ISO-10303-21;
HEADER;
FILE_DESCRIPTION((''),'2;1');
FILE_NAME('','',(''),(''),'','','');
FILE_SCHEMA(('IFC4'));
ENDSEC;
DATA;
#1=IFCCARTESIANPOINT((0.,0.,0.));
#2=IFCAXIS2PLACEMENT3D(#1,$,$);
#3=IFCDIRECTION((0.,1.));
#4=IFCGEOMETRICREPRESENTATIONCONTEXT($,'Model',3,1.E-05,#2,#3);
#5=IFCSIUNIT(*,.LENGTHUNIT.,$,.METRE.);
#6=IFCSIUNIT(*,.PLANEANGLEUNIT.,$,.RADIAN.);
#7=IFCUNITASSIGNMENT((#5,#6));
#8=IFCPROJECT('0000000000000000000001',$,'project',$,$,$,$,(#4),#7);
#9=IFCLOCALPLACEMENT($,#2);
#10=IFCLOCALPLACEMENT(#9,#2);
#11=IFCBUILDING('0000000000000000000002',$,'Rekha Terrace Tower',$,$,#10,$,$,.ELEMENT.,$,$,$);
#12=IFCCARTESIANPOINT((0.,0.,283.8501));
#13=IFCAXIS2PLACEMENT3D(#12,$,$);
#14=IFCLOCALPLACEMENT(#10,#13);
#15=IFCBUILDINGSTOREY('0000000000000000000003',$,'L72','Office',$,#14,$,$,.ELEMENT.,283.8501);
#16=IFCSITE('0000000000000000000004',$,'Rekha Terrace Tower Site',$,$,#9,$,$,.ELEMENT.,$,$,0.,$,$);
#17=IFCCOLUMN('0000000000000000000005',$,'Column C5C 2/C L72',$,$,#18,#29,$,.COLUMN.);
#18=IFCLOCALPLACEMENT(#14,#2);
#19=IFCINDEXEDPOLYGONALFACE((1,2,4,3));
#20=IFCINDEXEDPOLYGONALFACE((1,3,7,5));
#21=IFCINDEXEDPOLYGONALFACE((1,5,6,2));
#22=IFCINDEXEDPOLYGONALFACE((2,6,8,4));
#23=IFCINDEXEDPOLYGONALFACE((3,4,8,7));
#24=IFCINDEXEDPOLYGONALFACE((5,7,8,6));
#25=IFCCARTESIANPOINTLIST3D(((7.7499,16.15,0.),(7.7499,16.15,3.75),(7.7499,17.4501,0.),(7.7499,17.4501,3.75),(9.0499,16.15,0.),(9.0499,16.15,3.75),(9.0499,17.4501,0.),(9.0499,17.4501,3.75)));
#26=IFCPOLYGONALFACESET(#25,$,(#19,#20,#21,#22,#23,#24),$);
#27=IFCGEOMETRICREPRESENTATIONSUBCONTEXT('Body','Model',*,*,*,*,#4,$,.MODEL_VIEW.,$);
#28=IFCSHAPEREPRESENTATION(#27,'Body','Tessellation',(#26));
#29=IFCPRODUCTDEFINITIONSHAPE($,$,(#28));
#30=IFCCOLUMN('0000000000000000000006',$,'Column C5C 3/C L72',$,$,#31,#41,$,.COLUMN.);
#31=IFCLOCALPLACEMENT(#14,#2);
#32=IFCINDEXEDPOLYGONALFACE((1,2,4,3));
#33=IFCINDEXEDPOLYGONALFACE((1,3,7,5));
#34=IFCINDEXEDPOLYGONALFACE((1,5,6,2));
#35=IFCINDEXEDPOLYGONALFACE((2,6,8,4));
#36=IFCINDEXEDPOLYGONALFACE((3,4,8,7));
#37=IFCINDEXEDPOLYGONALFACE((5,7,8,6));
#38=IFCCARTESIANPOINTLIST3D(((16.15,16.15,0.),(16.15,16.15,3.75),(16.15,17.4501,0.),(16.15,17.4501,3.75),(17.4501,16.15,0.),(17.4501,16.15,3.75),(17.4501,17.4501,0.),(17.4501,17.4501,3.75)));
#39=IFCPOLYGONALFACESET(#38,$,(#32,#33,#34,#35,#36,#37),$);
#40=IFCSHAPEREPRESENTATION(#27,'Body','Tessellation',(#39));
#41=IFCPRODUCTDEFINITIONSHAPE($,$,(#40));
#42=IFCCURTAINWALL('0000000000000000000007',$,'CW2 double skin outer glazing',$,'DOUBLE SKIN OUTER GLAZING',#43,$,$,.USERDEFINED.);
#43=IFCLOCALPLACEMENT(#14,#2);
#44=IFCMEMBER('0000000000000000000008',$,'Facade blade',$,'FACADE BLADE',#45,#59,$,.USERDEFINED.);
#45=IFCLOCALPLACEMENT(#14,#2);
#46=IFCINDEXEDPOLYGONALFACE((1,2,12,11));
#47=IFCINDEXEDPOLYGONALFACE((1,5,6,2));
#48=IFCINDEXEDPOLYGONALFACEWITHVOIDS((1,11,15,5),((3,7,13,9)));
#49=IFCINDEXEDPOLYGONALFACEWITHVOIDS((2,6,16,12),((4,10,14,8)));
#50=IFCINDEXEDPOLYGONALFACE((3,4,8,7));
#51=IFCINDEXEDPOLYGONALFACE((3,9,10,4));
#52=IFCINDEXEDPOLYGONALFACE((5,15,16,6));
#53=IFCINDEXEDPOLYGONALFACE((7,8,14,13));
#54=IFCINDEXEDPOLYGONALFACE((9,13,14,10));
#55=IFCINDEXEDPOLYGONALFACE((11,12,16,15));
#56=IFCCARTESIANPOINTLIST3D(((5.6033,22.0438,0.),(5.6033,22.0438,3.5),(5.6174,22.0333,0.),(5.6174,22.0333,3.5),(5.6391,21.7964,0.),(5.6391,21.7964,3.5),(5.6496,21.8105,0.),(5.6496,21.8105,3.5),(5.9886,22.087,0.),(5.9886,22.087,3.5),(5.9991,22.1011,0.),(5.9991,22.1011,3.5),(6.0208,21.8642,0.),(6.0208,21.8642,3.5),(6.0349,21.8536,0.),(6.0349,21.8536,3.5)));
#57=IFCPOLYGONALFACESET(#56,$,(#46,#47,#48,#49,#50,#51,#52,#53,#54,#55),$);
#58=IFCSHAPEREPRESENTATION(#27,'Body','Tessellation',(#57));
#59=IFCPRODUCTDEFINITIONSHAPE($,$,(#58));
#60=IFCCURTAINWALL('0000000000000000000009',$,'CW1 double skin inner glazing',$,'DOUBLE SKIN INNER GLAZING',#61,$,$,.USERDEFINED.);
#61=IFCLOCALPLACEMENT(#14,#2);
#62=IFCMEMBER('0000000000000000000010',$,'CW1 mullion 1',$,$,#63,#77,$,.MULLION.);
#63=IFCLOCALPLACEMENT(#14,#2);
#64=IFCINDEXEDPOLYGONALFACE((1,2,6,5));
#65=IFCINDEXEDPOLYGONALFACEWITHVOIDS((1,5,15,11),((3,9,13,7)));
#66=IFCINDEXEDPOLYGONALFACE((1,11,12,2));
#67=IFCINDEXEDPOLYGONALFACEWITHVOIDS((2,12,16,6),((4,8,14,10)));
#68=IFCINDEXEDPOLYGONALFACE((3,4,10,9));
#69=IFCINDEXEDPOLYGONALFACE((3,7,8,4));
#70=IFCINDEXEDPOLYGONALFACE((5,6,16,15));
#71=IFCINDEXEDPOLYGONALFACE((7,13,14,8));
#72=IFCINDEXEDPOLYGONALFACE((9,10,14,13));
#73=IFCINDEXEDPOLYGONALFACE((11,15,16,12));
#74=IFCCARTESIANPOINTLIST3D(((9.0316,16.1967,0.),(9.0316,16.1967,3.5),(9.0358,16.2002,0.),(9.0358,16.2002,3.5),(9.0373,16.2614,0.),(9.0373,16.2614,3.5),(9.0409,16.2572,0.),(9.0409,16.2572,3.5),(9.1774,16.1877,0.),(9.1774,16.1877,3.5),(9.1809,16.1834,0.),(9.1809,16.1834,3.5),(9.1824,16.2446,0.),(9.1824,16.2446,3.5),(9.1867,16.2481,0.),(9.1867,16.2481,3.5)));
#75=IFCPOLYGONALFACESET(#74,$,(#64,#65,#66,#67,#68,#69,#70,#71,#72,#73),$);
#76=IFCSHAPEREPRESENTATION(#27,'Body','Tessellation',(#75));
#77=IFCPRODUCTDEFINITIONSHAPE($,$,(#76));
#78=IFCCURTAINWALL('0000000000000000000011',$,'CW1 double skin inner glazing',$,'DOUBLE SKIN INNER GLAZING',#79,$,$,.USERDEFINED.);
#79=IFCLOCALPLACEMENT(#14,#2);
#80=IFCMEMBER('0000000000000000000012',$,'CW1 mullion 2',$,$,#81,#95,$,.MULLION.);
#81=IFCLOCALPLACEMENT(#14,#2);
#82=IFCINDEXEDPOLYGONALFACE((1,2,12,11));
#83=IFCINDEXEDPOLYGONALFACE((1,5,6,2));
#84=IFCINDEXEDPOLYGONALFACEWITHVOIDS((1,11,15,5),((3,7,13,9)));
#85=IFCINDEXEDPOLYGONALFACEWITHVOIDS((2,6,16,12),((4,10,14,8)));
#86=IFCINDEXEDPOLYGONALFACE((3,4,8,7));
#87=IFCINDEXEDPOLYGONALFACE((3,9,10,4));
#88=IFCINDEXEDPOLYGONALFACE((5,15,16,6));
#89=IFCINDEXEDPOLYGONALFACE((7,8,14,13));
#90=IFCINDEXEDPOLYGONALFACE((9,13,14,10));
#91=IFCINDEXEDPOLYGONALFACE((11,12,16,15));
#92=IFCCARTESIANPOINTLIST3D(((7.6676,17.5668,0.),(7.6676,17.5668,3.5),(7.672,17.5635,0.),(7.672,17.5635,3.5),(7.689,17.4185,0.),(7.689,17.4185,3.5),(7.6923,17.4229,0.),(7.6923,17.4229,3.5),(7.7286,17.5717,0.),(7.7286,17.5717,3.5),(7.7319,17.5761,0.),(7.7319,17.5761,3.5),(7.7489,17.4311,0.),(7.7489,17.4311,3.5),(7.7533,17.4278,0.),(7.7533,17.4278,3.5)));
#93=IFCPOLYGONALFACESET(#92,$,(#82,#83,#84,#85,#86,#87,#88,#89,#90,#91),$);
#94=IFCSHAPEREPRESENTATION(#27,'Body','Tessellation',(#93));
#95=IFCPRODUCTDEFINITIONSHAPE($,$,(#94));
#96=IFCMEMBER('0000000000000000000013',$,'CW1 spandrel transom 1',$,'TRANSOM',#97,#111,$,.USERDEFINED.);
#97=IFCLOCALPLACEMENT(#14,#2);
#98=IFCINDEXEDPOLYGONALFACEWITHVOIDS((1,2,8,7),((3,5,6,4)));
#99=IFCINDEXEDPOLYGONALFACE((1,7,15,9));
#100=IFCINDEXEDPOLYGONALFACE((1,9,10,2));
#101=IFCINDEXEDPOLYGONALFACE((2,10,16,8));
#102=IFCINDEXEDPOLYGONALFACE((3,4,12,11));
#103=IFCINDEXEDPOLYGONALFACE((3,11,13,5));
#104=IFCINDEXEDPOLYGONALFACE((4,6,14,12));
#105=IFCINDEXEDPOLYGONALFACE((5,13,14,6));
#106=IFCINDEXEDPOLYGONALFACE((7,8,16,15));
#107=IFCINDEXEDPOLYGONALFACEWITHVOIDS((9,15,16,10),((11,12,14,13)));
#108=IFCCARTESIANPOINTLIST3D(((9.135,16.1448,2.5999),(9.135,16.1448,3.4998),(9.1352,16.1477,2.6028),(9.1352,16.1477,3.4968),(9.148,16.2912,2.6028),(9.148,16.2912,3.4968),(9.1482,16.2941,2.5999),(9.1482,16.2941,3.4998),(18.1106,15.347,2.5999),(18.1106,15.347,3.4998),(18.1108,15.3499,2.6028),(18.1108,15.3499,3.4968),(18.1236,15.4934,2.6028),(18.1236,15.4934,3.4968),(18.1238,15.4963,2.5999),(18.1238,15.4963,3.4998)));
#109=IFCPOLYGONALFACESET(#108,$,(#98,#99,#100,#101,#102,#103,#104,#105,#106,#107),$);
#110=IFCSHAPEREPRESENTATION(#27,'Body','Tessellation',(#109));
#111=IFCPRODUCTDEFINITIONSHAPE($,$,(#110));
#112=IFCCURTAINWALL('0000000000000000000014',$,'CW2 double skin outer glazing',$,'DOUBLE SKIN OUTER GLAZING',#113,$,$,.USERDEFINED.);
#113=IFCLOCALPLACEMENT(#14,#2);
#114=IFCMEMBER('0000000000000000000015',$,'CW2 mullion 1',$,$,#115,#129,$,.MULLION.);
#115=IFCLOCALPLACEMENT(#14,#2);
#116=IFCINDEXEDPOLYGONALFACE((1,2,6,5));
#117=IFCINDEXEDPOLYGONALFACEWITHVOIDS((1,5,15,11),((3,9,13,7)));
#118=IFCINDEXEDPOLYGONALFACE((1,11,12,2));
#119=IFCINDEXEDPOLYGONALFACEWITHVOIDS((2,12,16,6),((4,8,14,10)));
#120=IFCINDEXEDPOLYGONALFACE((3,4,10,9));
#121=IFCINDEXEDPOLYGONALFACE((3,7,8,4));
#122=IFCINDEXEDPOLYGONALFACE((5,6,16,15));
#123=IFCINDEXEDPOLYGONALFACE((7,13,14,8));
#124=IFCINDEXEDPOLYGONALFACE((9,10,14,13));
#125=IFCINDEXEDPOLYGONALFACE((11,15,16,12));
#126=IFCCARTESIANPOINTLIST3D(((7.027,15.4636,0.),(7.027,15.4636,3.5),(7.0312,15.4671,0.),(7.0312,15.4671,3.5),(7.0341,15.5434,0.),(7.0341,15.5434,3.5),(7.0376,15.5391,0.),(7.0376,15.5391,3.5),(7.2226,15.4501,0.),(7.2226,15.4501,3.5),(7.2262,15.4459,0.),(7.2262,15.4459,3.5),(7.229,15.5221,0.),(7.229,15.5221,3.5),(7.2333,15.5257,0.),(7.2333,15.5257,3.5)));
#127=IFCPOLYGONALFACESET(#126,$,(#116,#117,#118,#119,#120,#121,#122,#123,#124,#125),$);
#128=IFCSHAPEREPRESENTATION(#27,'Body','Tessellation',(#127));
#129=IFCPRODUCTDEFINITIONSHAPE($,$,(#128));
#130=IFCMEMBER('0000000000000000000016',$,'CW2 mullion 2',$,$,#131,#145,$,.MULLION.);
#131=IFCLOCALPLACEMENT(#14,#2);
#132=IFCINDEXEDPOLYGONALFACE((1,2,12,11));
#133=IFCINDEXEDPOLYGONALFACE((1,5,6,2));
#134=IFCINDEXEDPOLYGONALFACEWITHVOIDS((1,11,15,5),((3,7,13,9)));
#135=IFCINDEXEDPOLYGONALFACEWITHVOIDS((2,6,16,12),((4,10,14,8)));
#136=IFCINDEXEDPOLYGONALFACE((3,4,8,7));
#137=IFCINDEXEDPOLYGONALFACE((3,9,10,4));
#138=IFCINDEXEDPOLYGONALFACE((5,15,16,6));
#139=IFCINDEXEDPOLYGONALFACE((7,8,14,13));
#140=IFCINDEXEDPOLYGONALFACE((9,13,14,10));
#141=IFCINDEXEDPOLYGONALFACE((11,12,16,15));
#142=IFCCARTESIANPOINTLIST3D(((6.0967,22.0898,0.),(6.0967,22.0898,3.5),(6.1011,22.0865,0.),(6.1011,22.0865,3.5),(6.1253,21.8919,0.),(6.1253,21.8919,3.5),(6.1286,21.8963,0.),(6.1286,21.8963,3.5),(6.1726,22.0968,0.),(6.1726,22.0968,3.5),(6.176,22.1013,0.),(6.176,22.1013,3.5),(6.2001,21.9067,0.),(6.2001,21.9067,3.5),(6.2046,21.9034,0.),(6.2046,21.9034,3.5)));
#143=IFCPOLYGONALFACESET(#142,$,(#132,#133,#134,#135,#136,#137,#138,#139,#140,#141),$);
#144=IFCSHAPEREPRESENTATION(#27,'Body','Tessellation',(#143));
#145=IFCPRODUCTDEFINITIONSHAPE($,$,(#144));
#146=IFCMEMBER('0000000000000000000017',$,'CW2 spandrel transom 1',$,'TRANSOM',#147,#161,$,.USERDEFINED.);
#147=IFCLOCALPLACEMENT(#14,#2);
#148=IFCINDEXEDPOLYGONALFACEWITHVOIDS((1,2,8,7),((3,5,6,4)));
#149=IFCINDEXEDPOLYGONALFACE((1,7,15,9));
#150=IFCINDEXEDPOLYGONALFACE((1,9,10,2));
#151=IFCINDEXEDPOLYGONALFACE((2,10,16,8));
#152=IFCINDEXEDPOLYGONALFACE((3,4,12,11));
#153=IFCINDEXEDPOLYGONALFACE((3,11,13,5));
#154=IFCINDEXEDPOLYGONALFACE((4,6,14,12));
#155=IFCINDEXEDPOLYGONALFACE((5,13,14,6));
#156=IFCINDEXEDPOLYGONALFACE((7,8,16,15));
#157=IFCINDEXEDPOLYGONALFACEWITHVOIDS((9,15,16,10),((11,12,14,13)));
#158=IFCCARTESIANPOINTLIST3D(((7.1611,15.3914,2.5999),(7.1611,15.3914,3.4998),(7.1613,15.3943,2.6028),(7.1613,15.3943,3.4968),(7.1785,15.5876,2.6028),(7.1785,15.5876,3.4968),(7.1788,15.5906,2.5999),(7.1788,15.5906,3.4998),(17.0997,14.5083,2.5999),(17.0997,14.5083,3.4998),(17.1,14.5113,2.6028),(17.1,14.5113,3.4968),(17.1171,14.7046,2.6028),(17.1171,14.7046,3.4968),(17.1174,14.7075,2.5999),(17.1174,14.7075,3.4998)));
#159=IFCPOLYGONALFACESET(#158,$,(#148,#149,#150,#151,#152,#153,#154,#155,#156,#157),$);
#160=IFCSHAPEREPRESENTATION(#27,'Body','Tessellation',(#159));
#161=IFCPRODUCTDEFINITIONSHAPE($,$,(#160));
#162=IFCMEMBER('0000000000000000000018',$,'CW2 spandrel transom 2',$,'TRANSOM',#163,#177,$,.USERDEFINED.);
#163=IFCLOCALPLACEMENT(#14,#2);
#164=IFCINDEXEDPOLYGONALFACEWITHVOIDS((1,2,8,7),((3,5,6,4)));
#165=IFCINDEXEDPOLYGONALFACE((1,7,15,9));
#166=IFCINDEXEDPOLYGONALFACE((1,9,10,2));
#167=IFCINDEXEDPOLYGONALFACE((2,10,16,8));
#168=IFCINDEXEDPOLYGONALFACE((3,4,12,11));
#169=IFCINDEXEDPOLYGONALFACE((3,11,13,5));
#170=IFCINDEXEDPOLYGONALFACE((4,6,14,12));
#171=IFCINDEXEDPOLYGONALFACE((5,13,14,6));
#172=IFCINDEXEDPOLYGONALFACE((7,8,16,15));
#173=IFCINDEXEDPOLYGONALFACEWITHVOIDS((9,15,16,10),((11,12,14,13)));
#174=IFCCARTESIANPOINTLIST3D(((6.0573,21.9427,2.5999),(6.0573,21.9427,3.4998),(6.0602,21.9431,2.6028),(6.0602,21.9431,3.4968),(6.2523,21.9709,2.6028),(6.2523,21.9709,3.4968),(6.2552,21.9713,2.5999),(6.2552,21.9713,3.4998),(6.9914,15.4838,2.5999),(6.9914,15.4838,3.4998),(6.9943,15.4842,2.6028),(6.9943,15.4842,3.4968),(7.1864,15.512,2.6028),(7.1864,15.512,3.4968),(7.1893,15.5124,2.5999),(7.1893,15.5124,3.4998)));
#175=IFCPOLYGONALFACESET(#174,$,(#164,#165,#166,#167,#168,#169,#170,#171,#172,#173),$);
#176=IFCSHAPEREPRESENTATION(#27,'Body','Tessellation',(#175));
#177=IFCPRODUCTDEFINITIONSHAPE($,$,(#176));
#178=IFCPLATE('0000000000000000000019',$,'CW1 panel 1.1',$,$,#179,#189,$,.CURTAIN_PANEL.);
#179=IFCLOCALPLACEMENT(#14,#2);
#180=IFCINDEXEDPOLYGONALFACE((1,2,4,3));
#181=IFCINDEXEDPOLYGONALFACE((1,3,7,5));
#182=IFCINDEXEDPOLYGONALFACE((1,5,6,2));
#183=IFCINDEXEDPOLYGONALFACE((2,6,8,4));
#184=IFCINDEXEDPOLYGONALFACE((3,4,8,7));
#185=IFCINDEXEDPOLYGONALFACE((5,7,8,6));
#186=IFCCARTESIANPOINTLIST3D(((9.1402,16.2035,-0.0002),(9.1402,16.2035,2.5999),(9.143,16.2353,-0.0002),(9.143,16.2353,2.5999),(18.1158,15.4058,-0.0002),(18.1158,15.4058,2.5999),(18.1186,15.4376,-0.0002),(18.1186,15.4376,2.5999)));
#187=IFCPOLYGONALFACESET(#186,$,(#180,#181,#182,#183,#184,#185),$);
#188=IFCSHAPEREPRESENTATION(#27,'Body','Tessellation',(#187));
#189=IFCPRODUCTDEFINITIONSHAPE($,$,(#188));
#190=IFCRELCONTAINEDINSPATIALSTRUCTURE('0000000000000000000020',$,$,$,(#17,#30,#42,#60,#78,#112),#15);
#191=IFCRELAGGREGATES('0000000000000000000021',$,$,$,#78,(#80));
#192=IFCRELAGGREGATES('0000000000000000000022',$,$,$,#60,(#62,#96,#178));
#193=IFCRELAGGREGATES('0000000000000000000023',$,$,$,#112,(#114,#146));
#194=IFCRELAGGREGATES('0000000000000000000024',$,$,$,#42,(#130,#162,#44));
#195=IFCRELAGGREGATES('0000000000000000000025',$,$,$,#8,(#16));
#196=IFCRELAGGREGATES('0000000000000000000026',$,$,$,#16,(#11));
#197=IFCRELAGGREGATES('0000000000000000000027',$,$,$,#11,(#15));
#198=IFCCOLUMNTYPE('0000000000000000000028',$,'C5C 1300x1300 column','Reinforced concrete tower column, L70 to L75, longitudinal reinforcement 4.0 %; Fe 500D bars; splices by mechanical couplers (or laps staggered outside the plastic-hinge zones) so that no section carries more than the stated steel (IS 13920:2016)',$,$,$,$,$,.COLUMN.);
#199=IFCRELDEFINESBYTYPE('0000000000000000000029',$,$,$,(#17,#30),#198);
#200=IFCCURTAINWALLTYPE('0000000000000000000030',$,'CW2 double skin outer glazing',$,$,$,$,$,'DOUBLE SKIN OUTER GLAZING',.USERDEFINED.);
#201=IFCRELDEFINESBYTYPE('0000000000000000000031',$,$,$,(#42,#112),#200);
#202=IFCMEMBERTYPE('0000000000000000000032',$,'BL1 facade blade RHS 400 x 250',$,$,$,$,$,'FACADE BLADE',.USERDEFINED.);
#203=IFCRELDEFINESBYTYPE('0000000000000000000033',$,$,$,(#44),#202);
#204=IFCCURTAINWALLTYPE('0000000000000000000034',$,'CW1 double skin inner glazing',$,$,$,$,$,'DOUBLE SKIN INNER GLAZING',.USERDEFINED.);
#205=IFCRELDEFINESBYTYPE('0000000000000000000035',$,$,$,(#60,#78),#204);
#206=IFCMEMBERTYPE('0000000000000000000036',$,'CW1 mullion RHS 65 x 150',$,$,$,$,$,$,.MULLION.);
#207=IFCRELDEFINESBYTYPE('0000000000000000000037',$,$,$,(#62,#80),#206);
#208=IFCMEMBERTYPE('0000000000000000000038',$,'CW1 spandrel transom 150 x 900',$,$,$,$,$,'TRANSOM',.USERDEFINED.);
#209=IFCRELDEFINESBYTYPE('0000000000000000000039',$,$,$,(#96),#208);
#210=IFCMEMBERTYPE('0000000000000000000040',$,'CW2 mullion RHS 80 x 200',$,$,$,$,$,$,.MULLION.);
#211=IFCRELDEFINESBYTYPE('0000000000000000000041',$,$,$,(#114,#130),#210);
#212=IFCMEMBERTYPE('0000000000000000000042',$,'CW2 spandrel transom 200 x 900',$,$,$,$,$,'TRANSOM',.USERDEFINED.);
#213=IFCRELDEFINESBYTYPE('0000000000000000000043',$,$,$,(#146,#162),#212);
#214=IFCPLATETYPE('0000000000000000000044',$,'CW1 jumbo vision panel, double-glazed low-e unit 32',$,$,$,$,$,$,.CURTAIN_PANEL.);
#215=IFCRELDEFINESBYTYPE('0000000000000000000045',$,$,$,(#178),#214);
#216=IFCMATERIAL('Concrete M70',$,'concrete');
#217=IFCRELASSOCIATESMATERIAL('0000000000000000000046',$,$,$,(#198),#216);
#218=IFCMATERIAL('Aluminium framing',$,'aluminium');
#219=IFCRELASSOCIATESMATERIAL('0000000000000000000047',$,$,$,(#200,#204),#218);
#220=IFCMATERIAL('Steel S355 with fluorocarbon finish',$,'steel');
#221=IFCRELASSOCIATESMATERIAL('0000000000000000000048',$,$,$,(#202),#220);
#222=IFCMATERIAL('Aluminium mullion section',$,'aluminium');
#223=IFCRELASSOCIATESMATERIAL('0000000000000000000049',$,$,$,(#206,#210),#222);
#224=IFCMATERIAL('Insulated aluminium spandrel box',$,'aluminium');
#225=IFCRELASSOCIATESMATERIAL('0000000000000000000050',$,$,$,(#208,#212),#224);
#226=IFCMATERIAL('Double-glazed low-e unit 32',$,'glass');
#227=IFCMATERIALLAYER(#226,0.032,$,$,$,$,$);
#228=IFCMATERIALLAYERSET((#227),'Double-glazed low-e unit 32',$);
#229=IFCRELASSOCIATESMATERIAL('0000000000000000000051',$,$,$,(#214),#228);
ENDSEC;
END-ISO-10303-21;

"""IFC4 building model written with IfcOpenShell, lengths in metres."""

from ifc_helpers import new_model, si_unit, direction, frame, origin, origin_2d, place, context, subcontext, project, spatial, rectangle, hollow_rectangle, extrude, material, layer, layer_set, material_profile, profile_set, type_object, element, aggregate, save


model = new_model("IFC4")

# Units and contexts
model_context = context("Model", 3, precision=1e-05, world=origin(), true_north=direction((0.0, 1.0)))
body_context = subcontext(model_context, "Body", "Model", "MODEL_VIEW")
ifc_project = project(units=[si_unit("LENGTHUNIT", "METRE"), si_unit("PLANEANGLEUNIT", "RADIAN")], contexts=[model_context])

# Site, building, storey
site_placement = place(None, origin())
site = spatial("IfcSite", under=ifc_project, at=site_placement, Name="Rekha Terrace Tower Site", CompositionType="ELEMENT", RefElevation=0.0)
building_placement = place(site_placement, origin())
building = spatial("IfcBuilding", under=site, at=building_placement, Name="Rekha Terrace Tower", CompositionType="ELEMENT")
storey_placement = place(building_placement, frame((0.0, 0.0, 283.8501)))
storey = spatial("IfcBuildingStorey", under=building, at=storey_placement, Name="L72", Description="Office", CompositionType="ELEMENT", Elevation=283.8501)

# Columns
ifc_material_1 = material(Name="Concrete M70", Category="concrete")
ifc_material_profile_1 = material_profile(ifc_material_1, rectangle(XDim=1.3, YDim=1.3, at=origin_2d()), Name="RC 1300x1300")
ifc_profile_set_1 = profile_set([ifc_material_profile_1], Name="Concrete M70")
column_type = type_object("IfcColumnType", Name="C5C 1300x1300 column", Description="Reinforced concrete tower column, L70 to L75, longitudinal reinforcement 4.0 %; Fe 500D bars; splices by mechanical couplers (or laps staggered outside the plastic-hinge zones) so that no section carries more than the stated steel (IS 13920:2016)", PredefinedType="COLUMN", material=ifc_profile_set_1)
for number, where, z_axis, x_axis, name in (
    (1, (8.3999, 16.8, 0.0), (0.0, 0.0, 1.0), (1.0, 0.0, 0.0), "Column C5C 2/C L72"),
    (2, (16.8, 16.8, 0.0), (0.0, 0.0, 1.0), (1.0, 0.0, 0.0), "Column C5C 3/C L72"),
):
    element("IfcColumn", number, at=place(storey_placement, frame(where, z_axis=z_axis, x_axis=x_axis)), inside=storey, type_object=column_type, Name=name, PredefinedType="COLUMN", context=body_context, shape_type="SweptSolid", body=[
        extrude(rectangle(XDim=1.3, YDim=1.3, at=origin_2d()), origin(), (0.0, 0.0, 1.0), 3.75),
    ])

# Curtain walls, members
ifc_material_2 = material(Name="Aluminium framing", Category="aluminium")
curtain_wall_type_1 = type_object("IfcCurtainWallType", Name="CW2 double skin outer glazing", ElementType="DOUBLE SKIN OUTER GLAZING", PredefinedType="USERDEFINED", material=ifc_material_2)
curtain_wall_1_placement = place(storey_placement, origin())
curtain_wall_1 = element("IfcCurtainWall", 3, at=curtain_wall_1_placement, inside=storey, type_object=curtain_wall_type_1, Name="CW2 double skin outer glazing", ObjectType="DOUBLE SKIN OUTER GLAZING", PredefinedType="USERDEFINED")
ifc_material_3 = material(Name="Steel S355 with fluorocarbon finish", Category="steel")
ifc_material_profile_2 = material_profile(ifc_material_3, hollow_rectangle(XDim=0.25, YDim=0.3999, WallThickness=0.0125, at=origin_2d()), Name="RHS400x250x12.5")
ifc_profile_set_2 = profile_set([ifc_material_profile_2], Name="Steel S355 with fluorocarbon finish")
member_type_1 = type_object("IfcMemberType", Name="BL1 facade blade RHS 400 x 250", ElementType="FACADE BLADE", PredefinedType="USERDEFINED", material=ifc_profile_set_2)
member_1_placement = place(storey_placement, frame((5.8191, 21.9487, 0.0), z_axis=(0.0, 0.0, 1.0), x_axis=(0.143109, -0.989707, 0.0)))
member_1 = element("IfcMember", 4, at=member_1_placement, type_object=member_type_1, Name="Facade blade", ObjectType="FACADE BLADE", PredefinedType="USERDEFINED", context=body_context, shape_type="SweptSolid", body=[
    extrude(hollow_rectangle(XDim=0.25, YDim=0.3999, WallThickness=0.0125, at=origin_2d()), origin(), (0.0, 0.0, 1.0), 3.5),
])
curtain_wall_type_2 = type_object("IfcCurtainWallType", Name="CW1 double skin inner glazing", ElementType="DOUBLE SKIN INNER GLAZING", PredefinedType="USERDEFINED", material=ifc_material_2)
curtain_wall_2_placement = place(storey_placement, origin())
curtain_wall_2 = element("IfcCurtainWall", 5, at=curtain_wall_2_placement, inside=storey, type_object=curtain_wall_type_2, Name="CW1 double skin inner glazing", ObjectType="DOUBLE SKIN INNER GLAZING", PredefinedType="USERDEFINED")
ifc_material_4 = material(Name="Aluminium mullion section", Category="aluminium")
ifc_material_profile_3 = material_profile(ifc_material_4, hollow_rectangle(XDim=0.0649, YDim=0.1499, WallThickness=0.0039, at=origin_2d()), Name="AL RHS 65x150")
ifc_profile_set_3 = profile_set([ifc_material_profile_3], Name="Aluminium mullion section")
member_type_2 = type_object("IfcMemberType", Name="CW1 mullion RHS 65 x 150", PredefinedType="MULLION", material=ifc_profile_set_3)
member_2_placement = place(storey_placement, frame((9.1091, 16.2224, 0.0), z_axis=(0.0, 0.0, 1.0), x_axis=(0.088522, 0.996074, 0.0)))
member_2 = element("IfcMember", 6, at=member_2_placement, type_object=member_type_2, Name="CW1 mullion 1", PredefinedType="MULLION", context=body_context, shape_type="SweptSolid", body=[
    extrude(hollow_rectangle(XDim=0.0649, YDim=0.1499, WallThickness=0.0039, at=origin_2d()), origin(), (0.0, 0.0, 1.0), 3.5),
])
curtain_wall_3_placement = place(storey_placement, origin())
curtain_wall_3 = element("IfcCurtainWall", 7, at=curtain_wall_3_placement, inside=storey, type_object=curtain_wall_type_2, Name="CW1 double skin inner glazing", ObjectType="DOUBLE SKIN INNER GLAZING", PredefinedType="USERDEFINED")
member_3_placement = place(storey_placement, frame((7.7104, 17.4973, 0.0), z_axis=(0.0, 0.0, 1.0), x_axis=(0.989707, 0.143108, 0.0)))
member_3 = element("IfcMember", 8, at=member_3_placement, type_object=member_type_2, Name="CW1 mullion 2", PredefinedType="MULLION", context=body_context, shape_type="SweptSolid", body=[
    extrude(hollow_rectangle(XDim=0.0649, YDim=0.1499, WallThickness=0.0039, at=origin_2d()), origin(), (0.0, 0.0, 1.0), 3.5),
])
aggregate(curtain_wall_3, [member_3])

# Member
ifc_material_5 = material(Name="Insulated aluminium spandrel box", Category="aluminium")
ifc_material_profile_4 = material_profile(ifc_material_5, hollow_rectangle(XDim=0.1499, YDim=0.8999, WallThickness=0.0029, at=origin_2d()), Name="AL SPANDREL BOX 150x900")
ifc_profile_set_4 = profile_set([ifc_material_profile_4], Name="Insulated aluminium spandrel box")
member_type_3 = type_object("IfcMemberType", Name="CW1 spandrel transom 150 x 900", ElementType="TRANSOM", PredefinedType="USERDEFINED", material=ifc_profile_set_4)
member_4_placement = place(storey_placement, frame((9.1416, 16.2195, 3.0498), z_axis=(0.996072, -0.088542, 0.0), x_axis=(0.088542, 0.996072, 0.0)))
member_4 = element("IfcMember", 9, at=member_4_placement, type_object=member_type_3, Name="CW1 spandrel transom 1", ObjectType="TRANSOM", PredefinedType="USERDEFINED", context=body_context, shape_type="SweptSolid", body=[
    extrude(hollow_rectangle(XDim=0.1499, YDim=0.8999, WallThickness=0.0029, at=origin_2d()), origin(), (0.0, 0.0, 1.0), 9.011),
])

# Curtain wall, member
curtain_wall_4_placement = place(storey_placement, origin())
curtain_wall_4 = element("IfcCurtainWall", 10, at=curtain_wall_4_placement, inside=storey, type_object=curtain_wall_type_1, Name="CW2 double skin outer glazing", ObjectType="DOUBLE SKIN OUTER GLAZING", PredefinedType="USERDEFINED")
ifc_material_profile_5 = material_profile(ifc_material_4, hollow_rectangle(XDim=0.0801, YDim=0.2, WallThickness=0.0039, at=origin_2d()), Name="AL RHS 80x200")
ifc_profile_set_5 = profile_set([ifc_material_profile_5], Name="Aluminium mullion section")
member_type_4 = type_object("IfcMemberType", Name="CW2 mullion RHS 80 x 200", PredefinedType="MULLION", material=ifc_profile_set_5)
member_5_placement = place(storey_placement, frame((7.1301, 15.4946, 0.0), z_axis=(0.0, 0.0, 1.0), x_axis=(0.088522, 0.996074, 0.0)))
member_5 = element("IfcMember", 11, at=member_5_placement, type_object=member_type_4, Name="CW2 mullion 1", PredefinedType="MULLION", context=body_context, shape_type="SweptSolid", body=[
    extrude(hollow_rectangle(XDim=0.0801, YDim=0.2, WallThickness=0.0039, at=origin_2d()), origin(), (0.0, 0.0, 1.0), 3.5),
])

# Members
member_6_placement = place(storey_placement, frame((6.1506, 21.9966, 0.0), z_axis=(0.0, 0.0, 1.0), x_axis=(0.989707, 0.143108, 0.0)))
member_6 = element("IfcMember", 12, at=member_6_placement, type_object=member_type_4, Name="CW2 mullion 2", PredefinedType="MULLION", context=body_context, shape_type="SweptSolid", body=[
    extrude(hollow_rectangle(XDim=0.0801, YDim=0.2, WallThickness=0.0039, at=origin_2d()), origin(), (0.0, 0.0, 1.0), 3.5),
])
ifc_material_profile_6 = material_profile(ifc_material_5, hollow_rectangle(XDim=0.2, YDim=0.8999, WallThickness=0.0029, at=origin_2d()), Name="AL SPANDREL BOX 200x900")
ifc_profile_set_6 = profile_set([ifc_material_profile_6], Name="Insulated aluminium spandrel box")
member_type_5 = type_object("IfcMemberType", Name="CW2 spandrel transom 200 x 900", ElementType="TRANSOM", PredefinedType="USERDEFINED", material=ifc_profile_set_6)
member_7_placement = place(storey_placement, frame((7.1699, 15.491, 3.0498), z_axis=(0.996076, -0.088501, 0.0), x_axis=(0.088501, 0.996076, 0.0)))
member_7 = element("IfcMember", 13, at=member_7_placement, type_object=member_type_5, Name="CW2 spandrel transom 1", ObjectType="TRANSOM", PredefinedType="USERDEFINED", context=body_context, shape_type="SweptSolid", body=[
    extrude(hollow_rectangle(XDim=0.2, YDim=0.8999, WallThickness=0.0029, at=origin_2d()), origin(), (0.0, 0.0, 1.0), 9.9778),
])
member_8_placement = place(storey_placement, frame((6.1562, 21.957, 3.0498), z_axis=(0.143129, -0.989704, 0.0), x_axis=(0.989704, 0.143129, 0.0)))
member_8 = element("IfcMember", 14, at=member_8_placement, type_object=member_type_5, Name="CW2 spandrel transom 2", ObjectType="TRANSOM", PredefinedType="USERDEFINED", context=body_context, shape_type="SweptSolid", body=[
    extrude(hollow_rectangle(XDim=0.2, YDim=0.8999, WallThickness=0.0029, at=origin_2d()), origin(), (0.0, 0.0, 1.0), 6.5261),
])

# Plate
ifc_material_6 = material(Name="Double-glazed low-e unit 32", Category="glass")
ifc_layer_1 = layer(ifc_material_6, 0.032)
ifc_layer_set_1 = layer_set([ifc_layer_1], Name="Double-glazed low-e unit 32")
plate_type_1 = type_object("IfcPlateType", Name="CW1 jumbo vision panel, double-glazed low-e unit 32", PredefinedType="CURTAIN_PANEL", material=ifc_layer_set_1)
plate_1_placement = place(storey_placement, frame((13.6294, 15.8206, -0.0002), z_axis=(0.0, 0.0, 1.0), x_axis=(0.996074, -0.088522, 0.0)))
plate_1 = element("IfcPlate", 15, at=plate_1_placement, type_object=plate_type_1, Name="CW1 panel 1.1", PredefinedType="CURTAIN_PANEL", context=body_context, shape_type="SweptSolid", body=[
    extrude(rectangle(XDim=9.011, YDim=0.032, at=origin_2d()), origin(), (0.0, 0.0, 1.0), 2.6001),
])
aggregate(curtain_wall_2, [member_2, member_4, plate_1])
aggregate(curtain_wall_4, [member_5, member_7])
aggregate(curtain_wall_1, [member_6, member_8, member_1])

save(model, "model.ifc")
